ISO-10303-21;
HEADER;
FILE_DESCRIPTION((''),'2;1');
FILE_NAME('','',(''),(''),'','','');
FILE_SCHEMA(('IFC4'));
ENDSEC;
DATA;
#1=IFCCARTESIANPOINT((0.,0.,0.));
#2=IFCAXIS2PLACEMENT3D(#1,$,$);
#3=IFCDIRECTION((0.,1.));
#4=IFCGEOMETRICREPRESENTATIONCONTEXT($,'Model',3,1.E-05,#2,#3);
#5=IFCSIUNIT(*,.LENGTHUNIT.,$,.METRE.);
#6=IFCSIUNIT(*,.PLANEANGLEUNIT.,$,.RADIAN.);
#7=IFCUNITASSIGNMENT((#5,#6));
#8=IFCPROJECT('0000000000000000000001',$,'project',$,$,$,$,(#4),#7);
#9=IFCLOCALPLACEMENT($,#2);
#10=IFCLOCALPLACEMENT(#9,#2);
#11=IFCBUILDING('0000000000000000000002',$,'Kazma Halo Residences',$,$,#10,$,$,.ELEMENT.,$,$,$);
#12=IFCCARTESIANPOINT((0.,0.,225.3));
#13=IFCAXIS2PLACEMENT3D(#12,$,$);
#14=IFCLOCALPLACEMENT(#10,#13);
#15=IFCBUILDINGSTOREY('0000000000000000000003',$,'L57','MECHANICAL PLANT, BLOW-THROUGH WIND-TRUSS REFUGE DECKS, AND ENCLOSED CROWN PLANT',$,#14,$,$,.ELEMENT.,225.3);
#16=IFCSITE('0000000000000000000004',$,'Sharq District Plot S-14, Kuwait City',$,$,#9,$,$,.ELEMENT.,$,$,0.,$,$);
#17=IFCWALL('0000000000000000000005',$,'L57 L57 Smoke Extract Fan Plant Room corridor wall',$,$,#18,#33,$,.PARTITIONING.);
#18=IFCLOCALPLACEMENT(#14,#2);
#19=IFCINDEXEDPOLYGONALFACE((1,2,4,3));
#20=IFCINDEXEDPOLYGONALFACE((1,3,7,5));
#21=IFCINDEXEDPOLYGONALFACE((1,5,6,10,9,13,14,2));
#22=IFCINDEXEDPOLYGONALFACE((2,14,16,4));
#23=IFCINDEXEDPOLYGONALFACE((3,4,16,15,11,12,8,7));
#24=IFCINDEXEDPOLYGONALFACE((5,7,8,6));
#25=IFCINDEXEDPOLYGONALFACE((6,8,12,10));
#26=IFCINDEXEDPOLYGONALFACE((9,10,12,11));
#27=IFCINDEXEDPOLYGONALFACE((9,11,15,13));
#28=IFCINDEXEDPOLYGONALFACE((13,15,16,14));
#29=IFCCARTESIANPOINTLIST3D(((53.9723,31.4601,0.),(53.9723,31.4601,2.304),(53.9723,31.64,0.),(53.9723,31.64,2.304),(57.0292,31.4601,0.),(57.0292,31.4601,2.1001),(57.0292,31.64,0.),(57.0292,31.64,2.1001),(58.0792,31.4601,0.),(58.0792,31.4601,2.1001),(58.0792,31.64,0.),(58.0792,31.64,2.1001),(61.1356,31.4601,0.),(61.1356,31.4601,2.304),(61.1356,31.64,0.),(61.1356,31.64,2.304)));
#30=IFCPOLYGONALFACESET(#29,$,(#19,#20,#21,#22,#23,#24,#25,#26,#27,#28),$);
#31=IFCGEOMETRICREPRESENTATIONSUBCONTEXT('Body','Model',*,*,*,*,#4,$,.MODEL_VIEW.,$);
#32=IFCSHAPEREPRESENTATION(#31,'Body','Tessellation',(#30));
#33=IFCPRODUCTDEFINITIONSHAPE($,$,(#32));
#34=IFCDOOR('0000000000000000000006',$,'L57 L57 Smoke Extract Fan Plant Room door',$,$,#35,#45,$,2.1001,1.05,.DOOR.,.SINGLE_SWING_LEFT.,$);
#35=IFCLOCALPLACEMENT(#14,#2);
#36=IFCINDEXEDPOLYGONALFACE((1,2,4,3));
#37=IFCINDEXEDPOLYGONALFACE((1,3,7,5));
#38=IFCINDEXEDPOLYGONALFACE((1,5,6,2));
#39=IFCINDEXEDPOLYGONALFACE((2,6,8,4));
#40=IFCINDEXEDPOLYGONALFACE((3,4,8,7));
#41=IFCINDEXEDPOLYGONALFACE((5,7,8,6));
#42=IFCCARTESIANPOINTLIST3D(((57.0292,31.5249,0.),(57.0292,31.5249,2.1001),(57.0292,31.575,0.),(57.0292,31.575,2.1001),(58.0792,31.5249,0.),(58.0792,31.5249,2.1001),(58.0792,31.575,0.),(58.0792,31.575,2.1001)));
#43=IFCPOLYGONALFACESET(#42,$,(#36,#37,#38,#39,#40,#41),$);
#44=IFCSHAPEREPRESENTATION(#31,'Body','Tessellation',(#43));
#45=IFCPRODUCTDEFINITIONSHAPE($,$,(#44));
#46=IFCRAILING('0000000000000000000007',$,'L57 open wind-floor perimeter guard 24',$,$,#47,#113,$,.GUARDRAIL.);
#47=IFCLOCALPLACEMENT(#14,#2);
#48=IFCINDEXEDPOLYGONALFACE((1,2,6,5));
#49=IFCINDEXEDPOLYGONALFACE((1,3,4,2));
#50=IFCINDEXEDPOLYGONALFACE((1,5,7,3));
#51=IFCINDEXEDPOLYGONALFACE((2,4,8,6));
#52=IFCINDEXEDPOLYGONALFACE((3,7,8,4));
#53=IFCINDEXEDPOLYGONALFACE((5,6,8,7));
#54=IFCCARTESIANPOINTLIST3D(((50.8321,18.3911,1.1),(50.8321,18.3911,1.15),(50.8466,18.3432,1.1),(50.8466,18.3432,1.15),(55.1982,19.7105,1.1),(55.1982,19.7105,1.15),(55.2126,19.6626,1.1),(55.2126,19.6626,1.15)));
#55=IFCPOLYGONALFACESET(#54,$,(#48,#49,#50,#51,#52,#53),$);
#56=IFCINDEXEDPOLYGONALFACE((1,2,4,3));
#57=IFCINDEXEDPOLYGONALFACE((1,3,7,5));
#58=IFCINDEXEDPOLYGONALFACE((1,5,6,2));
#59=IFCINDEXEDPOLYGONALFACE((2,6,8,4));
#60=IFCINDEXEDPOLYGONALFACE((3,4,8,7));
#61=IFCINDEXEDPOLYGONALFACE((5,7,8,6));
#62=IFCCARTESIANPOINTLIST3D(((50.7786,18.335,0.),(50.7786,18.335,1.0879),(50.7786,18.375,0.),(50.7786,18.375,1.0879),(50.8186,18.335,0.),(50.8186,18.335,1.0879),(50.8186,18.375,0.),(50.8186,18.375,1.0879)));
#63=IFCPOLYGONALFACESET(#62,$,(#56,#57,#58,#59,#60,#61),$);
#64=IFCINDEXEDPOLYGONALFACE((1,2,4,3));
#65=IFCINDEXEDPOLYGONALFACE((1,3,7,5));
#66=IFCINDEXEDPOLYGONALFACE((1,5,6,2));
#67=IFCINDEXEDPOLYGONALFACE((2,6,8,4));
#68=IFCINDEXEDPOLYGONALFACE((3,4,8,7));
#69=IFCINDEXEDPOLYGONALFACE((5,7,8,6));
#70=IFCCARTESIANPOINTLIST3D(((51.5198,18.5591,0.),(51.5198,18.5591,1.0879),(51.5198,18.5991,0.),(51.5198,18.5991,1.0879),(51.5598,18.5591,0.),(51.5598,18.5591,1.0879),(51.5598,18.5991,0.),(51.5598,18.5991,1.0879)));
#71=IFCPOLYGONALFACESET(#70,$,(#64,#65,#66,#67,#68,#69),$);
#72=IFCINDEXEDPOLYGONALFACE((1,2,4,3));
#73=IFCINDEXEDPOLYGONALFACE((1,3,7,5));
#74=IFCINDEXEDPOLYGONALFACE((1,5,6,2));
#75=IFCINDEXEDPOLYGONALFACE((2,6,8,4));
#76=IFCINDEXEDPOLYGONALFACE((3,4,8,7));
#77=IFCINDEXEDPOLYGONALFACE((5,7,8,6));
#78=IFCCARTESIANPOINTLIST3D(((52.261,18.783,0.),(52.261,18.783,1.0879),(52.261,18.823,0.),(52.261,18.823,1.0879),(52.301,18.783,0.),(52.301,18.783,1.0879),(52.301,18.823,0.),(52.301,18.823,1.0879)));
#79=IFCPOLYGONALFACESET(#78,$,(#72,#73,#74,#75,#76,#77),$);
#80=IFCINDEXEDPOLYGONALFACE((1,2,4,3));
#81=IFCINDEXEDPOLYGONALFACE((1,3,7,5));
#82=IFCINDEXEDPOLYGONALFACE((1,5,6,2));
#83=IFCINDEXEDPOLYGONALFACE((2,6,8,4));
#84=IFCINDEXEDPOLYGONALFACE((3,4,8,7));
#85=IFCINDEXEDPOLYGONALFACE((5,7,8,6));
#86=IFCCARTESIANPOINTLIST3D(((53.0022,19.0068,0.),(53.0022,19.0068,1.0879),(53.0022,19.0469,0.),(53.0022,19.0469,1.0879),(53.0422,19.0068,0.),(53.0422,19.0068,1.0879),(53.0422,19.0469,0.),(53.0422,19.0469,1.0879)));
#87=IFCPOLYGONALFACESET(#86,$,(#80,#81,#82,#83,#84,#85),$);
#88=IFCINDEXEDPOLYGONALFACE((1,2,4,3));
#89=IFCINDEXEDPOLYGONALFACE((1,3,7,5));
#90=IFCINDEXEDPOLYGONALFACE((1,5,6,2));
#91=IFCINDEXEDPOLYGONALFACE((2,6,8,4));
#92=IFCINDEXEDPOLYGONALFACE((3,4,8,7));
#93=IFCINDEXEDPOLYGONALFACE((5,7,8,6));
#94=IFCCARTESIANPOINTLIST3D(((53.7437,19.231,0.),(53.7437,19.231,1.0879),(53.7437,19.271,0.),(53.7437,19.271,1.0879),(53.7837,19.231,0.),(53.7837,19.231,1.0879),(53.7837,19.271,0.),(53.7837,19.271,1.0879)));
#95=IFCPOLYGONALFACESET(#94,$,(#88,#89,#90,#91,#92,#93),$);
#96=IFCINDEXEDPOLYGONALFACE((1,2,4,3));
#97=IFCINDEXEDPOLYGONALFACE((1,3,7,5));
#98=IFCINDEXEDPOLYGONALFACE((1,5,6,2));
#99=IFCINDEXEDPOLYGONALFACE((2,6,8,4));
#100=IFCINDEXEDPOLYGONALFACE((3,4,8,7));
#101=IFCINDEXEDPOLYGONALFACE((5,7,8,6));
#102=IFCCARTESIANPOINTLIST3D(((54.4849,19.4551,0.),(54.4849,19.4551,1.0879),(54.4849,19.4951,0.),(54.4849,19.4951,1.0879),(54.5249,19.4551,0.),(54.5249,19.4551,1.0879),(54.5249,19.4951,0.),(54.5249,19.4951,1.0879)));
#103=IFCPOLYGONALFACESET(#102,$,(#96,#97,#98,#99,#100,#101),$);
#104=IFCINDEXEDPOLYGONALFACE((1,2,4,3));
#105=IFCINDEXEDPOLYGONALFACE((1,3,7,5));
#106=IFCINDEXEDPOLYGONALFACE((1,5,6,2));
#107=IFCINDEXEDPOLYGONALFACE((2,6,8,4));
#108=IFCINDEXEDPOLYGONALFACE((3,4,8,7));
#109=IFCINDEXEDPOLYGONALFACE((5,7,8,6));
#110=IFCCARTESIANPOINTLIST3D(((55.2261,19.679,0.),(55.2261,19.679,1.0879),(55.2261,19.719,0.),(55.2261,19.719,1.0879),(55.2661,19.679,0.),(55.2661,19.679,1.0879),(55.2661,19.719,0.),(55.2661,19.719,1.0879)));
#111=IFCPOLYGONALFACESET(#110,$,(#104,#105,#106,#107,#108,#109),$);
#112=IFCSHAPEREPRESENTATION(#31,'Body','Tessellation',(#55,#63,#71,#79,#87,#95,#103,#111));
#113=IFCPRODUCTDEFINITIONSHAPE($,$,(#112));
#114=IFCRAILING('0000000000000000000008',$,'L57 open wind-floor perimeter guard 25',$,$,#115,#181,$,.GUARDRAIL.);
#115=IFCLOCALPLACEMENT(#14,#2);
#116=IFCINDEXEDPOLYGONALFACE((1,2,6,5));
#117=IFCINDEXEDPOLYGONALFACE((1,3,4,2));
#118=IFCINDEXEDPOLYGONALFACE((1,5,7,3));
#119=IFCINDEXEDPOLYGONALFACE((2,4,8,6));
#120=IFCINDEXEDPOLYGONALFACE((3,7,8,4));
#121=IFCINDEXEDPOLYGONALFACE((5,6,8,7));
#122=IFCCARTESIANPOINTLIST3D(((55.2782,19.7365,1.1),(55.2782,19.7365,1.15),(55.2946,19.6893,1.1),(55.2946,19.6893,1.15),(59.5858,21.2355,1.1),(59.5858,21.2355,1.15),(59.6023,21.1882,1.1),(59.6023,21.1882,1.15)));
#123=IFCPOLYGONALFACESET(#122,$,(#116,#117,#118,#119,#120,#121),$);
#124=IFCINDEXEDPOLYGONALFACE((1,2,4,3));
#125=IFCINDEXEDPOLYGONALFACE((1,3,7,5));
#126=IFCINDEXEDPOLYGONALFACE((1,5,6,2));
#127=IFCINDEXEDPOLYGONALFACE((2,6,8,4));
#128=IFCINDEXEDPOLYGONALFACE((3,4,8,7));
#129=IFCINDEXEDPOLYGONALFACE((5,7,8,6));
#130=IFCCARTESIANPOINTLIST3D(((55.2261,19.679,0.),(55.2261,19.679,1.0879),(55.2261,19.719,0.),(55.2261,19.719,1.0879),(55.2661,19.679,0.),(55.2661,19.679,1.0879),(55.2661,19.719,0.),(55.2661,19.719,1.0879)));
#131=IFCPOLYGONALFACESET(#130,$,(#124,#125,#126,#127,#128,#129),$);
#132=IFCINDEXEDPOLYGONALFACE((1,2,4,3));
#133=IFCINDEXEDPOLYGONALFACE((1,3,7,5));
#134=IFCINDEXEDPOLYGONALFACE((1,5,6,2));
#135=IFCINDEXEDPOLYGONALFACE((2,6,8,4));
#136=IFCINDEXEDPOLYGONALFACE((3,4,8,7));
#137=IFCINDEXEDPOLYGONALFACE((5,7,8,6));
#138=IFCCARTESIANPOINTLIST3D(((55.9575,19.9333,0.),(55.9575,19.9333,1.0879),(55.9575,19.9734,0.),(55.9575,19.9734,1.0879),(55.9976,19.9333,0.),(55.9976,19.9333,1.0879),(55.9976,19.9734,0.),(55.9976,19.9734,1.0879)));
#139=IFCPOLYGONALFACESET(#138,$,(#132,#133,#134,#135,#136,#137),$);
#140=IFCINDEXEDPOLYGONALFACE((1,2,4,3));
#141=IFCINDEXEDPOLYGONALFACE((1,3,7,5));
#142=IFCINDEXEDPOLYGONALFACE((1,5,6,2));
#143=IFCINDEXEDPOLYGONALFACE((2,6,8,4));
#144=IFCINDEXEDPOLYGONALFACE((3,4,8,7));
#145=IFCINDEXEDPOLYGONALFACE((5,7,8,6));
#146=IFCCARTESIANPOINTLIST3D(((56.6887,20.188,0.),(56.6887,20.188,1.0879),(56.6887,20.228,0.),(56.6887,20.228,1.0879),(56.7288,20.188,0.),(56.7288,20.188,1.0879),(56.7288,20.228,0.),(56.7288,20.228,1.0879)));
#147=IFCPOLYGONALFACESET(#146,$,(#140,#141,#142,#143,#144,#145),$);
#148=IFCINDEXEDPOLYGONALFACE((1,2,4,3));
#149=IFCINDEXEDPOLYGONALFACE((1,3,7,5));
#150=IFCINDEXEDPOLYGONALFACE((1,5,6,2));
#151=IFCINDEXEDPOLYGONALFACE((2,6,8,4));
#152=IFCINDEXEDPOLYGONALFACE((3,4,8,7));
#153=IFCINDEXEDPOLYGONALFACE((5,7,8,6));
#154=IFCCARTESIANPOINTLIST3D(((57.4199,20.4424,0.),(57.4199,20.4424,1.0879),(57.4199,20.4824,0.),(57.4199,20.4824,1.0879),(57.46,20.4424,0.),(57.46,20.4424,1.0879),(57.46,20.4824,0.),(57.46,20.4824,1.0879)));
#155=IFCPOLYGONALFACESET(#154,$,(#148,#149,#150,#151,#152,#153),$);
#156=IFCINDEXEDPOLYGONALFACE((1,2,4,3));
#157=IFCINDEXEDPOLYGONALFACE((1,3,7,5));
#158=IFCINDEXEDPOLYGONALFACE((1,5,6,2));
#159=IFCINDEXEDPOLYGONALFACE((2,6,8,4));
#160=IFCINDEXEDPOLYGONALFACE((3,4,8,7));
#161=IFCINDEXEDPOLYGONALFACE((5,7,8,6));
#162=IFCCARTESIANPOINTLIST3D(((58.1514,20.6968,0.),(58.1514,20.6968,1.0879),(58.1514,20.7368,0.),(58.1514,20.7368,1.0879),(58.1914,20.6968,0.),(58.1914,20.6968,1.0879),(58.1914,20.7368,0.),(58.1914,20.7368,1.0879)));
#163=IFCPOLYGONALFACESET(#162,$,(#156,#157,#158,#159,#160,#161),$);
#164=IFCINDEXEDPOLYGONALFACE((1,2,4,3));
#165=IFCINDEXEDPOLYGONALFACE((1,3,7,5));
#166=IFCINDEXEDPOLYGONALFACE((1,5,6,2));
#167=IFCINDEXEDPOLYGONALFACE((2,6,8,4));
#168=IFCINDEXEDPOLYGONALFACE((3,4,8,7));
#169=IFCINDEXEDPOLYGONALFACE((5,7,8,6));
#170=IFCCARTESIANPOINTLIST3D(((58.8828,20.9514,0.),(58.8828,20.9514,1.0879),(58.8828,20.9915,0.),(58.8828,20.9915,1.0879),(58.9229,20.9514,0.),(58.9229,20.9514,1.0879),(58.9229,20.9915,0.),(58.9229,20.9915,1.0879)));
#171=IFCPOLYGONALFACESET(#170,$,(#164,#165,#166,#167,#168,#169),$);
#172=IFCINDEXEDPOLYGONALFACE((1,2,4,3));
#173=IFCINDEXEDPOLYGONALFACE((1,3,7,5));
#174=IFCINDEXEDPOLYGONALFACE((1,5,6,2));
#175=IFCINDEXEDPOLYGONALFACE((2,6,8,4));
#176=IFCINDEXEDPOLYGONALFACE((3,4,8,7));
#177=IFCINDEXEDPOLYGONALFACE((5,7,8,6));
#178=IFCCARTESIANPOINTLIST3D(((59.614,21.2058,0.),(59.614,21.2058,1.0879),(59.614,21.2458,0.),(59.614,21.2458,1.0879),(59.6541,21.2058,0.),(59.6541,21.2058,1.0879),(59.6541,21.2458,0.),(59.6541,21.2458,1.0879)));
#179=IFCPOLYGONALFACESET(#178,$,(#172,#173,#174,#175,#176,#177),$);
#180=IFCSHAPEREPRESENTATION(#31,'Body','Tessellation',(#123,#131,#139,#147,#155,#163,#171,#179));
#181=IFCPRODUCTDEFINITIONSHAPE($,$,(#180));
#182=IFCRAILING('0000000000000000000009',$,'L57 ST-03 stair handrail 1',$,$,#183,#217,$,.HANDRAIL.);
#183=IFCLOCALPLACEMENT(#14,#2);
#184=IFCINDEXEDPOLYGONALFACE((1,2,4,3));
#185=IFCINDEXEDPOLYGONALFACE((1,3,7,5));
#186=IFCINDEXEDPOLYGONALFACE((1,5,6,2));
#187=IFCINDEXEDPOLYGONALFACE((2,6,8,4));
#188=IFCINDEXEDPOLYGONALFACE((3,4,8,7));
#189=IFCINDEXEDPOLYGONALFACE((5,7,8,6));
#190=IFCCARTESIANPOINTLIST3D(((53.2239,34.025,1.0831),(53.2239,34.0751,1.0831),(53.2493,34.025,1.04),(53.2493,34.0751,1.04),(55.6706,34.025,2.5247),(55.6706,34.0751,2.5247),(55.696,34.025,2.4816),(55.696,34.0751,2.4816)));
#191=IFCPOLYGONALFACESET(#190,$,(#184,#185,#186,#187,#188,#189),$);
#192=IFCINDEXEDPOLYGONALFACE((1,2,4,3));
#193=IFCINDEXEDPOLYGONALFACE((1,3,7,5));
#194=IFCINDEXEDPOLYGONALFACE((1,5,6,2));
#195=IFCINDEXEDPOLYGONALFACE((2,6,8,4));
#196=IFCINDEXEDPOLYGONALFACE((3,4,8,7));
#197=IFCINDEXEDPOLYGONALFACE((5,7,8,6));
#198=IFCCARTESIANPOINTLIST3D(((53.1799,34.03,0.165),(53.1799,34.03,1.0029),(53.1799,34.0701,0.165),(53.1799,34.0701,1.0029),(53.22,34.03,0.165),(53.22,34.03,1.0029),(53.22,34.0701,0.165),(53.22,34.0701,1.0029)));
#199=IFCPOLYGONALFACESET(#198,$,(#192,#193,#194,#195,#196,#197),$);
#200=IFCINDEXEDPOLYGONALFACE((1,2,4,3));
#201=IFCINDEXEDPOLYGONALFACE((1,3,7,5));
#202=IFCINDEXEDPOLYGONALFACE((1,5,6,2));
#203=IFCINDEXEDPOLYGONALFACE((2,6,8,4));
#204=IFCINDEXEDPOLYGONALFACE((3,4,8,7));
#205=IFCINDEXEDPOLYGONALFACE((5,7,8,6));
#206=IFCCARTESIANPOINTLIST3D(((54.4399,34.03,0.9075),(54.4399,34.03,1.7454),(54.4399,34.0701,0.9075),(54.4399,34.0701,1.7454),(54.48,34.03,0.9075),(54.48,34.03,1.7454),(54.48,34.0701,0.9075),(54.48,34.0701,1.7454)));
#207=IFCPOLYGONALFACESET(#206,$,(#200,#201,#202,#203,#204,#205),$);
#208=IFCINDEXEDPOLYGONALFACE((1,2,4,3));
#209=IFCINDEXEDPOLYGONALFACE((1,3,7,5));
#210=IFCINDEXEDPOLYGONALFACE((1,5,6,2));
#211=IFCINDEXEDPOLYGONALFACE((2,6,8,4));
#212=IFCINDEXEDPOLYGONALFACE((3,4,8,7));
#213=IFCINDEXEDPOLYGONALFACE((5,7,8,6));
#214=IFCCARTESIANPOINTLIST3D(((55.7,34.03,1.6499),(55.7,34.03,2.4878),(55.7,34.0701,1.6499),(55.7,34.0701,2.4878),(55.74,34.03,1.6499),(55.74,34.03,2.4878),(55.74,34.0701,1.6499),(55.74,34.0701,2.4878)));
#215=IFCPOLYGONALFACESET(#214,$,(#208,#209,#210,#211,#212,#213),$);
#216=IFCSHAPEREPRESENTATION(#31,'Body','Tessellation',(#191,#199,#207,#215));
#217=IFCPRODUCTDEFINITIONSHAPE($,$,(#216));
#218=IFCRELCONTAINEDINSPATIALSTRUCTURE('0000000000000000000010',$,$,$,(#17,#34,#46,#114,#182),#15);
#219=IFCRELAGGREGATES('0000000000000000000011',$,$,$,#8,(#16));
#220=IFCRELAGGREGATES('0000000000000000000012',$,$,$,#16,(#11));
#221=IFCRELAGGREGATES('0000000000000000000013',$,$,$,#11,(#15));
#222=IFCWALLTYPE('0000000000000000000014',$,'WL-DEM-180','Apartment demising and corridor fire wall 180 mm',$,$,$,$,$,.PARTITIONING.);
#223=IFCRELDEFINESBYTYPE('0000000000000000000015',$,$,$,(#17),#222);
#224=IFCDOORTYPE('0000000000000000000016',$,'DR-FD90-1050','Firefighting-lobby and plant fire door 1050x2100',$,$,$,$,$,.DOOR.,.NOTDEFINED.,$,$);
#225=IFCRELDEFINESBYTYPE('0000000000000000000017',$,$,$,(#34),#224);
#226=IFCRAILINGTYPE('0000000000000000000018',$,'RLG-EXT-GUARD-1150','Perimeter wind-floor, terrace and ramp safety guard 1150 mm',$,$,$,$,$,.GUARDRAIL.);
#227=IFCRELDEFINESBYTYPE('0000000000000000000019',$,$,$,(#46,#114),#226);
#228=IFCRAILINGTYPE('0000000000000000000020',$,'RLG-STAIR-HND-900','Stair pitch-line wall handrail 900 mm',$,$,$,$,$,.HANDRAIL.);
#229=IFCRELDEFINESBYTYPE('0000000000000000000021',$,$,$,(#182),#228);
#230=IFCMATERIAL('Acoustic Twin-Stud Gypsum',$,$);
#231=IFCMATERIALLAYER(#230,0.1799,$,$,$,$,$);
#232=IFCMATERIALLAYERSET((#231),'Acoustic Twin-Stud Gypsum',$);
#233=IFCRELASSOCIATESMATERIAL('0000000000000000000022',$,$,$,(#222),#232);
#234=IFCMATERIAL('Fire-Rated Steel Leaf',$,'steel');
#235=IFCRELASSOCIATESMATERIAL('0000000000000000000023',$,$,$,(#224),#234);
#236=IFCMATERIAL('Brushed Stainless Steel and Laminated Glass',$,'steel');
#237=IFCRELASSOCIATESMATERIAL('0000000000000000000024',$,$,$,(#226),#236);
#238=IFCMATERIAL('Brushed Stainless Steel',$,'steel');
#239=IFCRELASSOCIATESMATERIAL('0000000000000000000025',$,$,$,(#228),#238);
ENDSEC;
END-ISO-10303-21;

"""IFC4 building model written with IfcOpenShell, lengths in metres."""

from ifc_helpers import new_model, si_unit, direction, frame, frame_2d, origin, origin_2d, place, context, subcontext, project, spatial, rectangle, extrude, material, layer, layer_set, type_object, element, fill, save


model = new_model("IFC4")

# Units and contexts
model_context = context("Model", 3, precision=1e-05, world=origin(), true_north=direction((0.0, 1.0)))
body_context = subcontext(model_context, "Body", "Model", "MODEL_VIEW")
ifc_project = project(units=[si_unit("LENGTHUNIT", "METRE"), si_unit("PLANEANGLEUNIT", "RADIAN")], contexts=[model_context])

# Site, building, storey
site_placement = place(None, origin())
site = spatial("IfcSite", under=ifc_project, at=site_placement, Name="Sharq District Plot S-14, Kuwait City", CompositionType="ELEMENT", RefElevation=0.0)
building_placement = place(site_placement, origin())
building = spatial("IfcBuilding", under=site, at=building_placement, Name="Kazma Halo Residences", CompositionType="ELEMENT")
storey_placement = place(building_placement, frame((0.0, 0.0, 225.3)))
storey = spatial("IfcBuildingStorey", under=building, at=storey_placement, Name="L57", Description="MECHANICAL PLANT, BLOW-THROUGH WIND-TRUSS REFUGE DECKS, AND ENCLOSED CROWN PLANT", CompositionType="ELEMENT", Elevation=225.3)

# Shared definitions
ifc_material_1 = material(Name="Acoustic Twin-Stud Gypsum")
ifc_layer_1 = layer(ifc_material_1, 0.1799)
ifc_layer_set_1 = layer_set([ifc_layer_1], Name="Acoustic Twin-Stud Gypsum")
wall_type_1 = type_object("IfcWallType", Name="WL-DEM-180", Description="Apartment demising and corridor fire wall 180 mm", PredefinedType="PARTITIONING", material=ifc_layer_set_1)

# Wall, opening, door
wall_1_placement = place(storey_placement, frame((53.9724, 31.55, 0.0), z_axis=(0.0, 0.0, 1.0), x_axis=(1.0, 0.0, 0.0)))
wall_1 = element("IfcWall", 1, at=wall_1_placement, inside=storey, type_object=wall_type_1, Name="L57 L57 Smoke Extract Fan Plant Room corridor wall", PredefinedType="PARTITIONING", context=body_context, shape_type="SweptSolid", body=[
    extrude(rectangle(XDim=7.1633, YDim=0.1799, at=frame_2d((3.5815, 0.0))), origin(), (0.0, 0.0, 1.0), 2.304),
])
opening_placement = place(wall_1_placement, frame((3.0569, 0.0, 0.0)))
opening = element("IfcOpeningElement", 2, at=opening_placement, cuts=wall_1, PredefinedType="OPENING", context=body_context, shape_type="SweptSolid", body=[
    extrude(rectangle(XDim=1.05, YDim=2.1001, at=frame_2d((0.5249, 1.05))), frame((0.0, 0.0999, 0.0), z_axis=(0.0, -1.0, 0.0), x_axis=(1.0, 0.0, 0.0)), (0.0, 0.0, 1.0), 0.2),
])
ifc_material_2 = material(Name="Fire-Rated Steel Leaf", Category="steel")
door_type = type_object("IfcDoorType", Name="DR-FD90-1050", Description="Firefighting-lobby and plant fire door 1050x2100", OperationType="NOTDEFINED", PredefinedType="DOOR", material=ifc_material_2)
door_placement = place(opening_placement, origin())
door = element("IfcDoor", 3, at=door_placement, inside=storey, type_object=door_type, Name="L57 L57 Smoke Extract Fan Plant Room door", OperationType="SINGLE_SWING_LEFT", OverallHeight=2.1001, OverallWidth=1.05, PredefinedType="DOOR", context=body_context, shape_type="SweptSolid", body=[
    extrude(rectangle(XDim=1.05, YDim=2.1001, at=frame_2d((0.5249, 1.05))), frame((0.0, 0.0249, 0.0), z_axis=(0.0, -1.0, 0.0), x_axis=(1.0, 0.0, 0.0)), (0.0, 0.0, 1.0), 0.05),
])
fill(opening, door)

# Railings
ifc_material_3 = material(Name="Brushed Stainless Steel and Laminated Glass", Category="steel")
railing_type_1 = type_object("IfcRailingType", Name="RLG-EXT-GUARD-1150", Description="Perimeter wind-floor, terrace and ramp safety guard 1150 mm", PredefinedType="GUARDRAIL", material=ifc_material_3)
railing_1_placement = place(storey_placement, frame((50.7986, 18.355, 0.0)))
element("IfcRailing", 4, at=railing_1_placement, inside=storey, type_object=railing_type_1, Name="L57 open wind-floor perimeter guard 24", PredefinedType="GUARDRAIL", context=body_context, shape_type="SweptSolid", body=[
    extrude(rectangle(XDim=0.05, YDim=0.05, at=origin_2d()), frame((0.0408, 0.0122, 1.125), z_axis=(0.957247, 0.289271, 0.0), x_axis=(-0.289271, 0.957247, 0.0)), (0.0, 0.0, 1.0), 4.561),
    extrude(rectangle(XDim=0.04, YDim=0.04, at=origin_2d()), origin(), (0.0, 0.0, 1.0), 1.0879),
    extrude(rectangle(XDim=0.04, YDim=0.04, at=origin_2d()), frame((0.7412, 0.2241, 0.0)), (0.0, 0.0, 1.0), 1.0879),
    extrude(rectangle(XDim=0.04, YDim=0.04, at=origin_2d()), frame((1.4824, 0.448, 0.0)), (0.0, 0.0, 1.0), 1.0879),
    extrude(rectangle(XDim=0.04, YDim=0.04, at=origin_2d()), frame((2.2236, 0.6719, 0.0)), (0.0, 0.0, 1.0), 1.0879),
    extrude(rectangle(XDim=0.04, YDim=0.04, at=origin_2d()), frame((2.9651, 0.896, 0.0)), (0.0, 0.0, 1.0), 1.0879),
    extrude(rectangle(XDim=0.04, YDim=0.04, at=origin_2d()), frame((3.7063, 1.1201, 0.0)), (0.0, 0.0, 1.0), 1.0879),
    extrude(rectangle(XDim=0.04, YDim=0.04, at=origin_2d()), frame((4.4475, 1.344, 0.0)), (0.0, 0.0, 1.0), 1.0879),
])
railing_2_placement = place(storey_placement, frame((55.2461, 19.699, 0.0)))
element("IfcRailing", 5, at=railing_2_placement, inside=storey, type_object=railing_type_1, Name="L57 open wind-floor perimeter guard 25", PredefinedType="GUARDRAIL", context=body_context, shape_type="SweptSolid", body=[
    extrude(rectangle(XDim=0.05, YDim=0.05, at=origin_2d()), frame((0.0403, 0.0139, 1.125), z_axis=(0.944456, 0.328639, 0.0), x_axis=(-0.328639, 0.944456, 0.0)), (0.0, 0.0, 1.0), 4.561),
    extrude(rectangle(XDim=0.04, YDim=0.04, at=origin_2d()), origin(), (0.0, 0.0, 1.0), 1.0879),
    extrude(rectangle(XDim=0.04, YDim=0.04, at=origin_2d()), frame((0.7314, 0.2544, 0.0)), (0.0, 0.0, 1.0), 1.0879),
    extrude(rectangle(XDim=0.04, YDim=0.04, at=origin_2d()), frame((1.4626, 0.509, 0.0)), (0.0, 0.0, 1.0), 1.0879),
    extrude(rectangle(XDim=0.04, YDim=0.04, at=origin_2d()), frame((2.1938, 0.7634, 0.0)), (0.0, 0.0, 1.0), 1.0879),
    extrude(rectangle(XDim=0.04, YDim=0.04, at=origin_2d()), frame((2.9253, 1.0178, 0.0)), (0.0, 0.0, 1.0), 1.0879),
    extrude(rectangle(XDim=0.04, YDim=0.04, at=origin_2d()), frame((3.6567, 1.2725, 0.0)), (0.0, 0.0, 1.0), 1.0879),
    extrude(rectangle(XDim=0.04, YDim=0.04, at=origin_2d()), frame((4.3879, 1.5269, 0.0)), (0.0, 0.0, 1.0), 1.0879),
])
ifc_material_4 = material(Name="Brushed Stainless Steel", Category="steel")
railing_type_2 = type_object("IfcRailingType", Name="RLG-STAIR-HND-900", Description="Stair pitch-line wall handrail 900 mm", PredefinedType="HANDRAIL", material=ifc_material_4)
railing_3_placement = place(storey_placement, frame((53.2, 34.05, 0.165)))
element("IfcRailing", 6, at=railing_3_placement, inside=storey, type_object=railing_type_2, Name="L57 ST-03 stair handrail 1", PredefinedType="HANDRAIL", context=body_context, shape_type="SweptSolid", body=[
    extrude(rectangle(XDim=0.05, YDim=0.05, at=origin_2d()), frame((0.0366, 0.0, 0.8965), z_axis=(0.861561, 0.0, 0.507655), x_axis=(0.0, 1.0, 0.0)), (0.0, 0.0, 1.0), 2.8398),
    extrude(rectangle(XDim=0.04, YDim=0.04, at=origin_2d()), origin(), (0.0, 0.0, 1.0), 0.8379),
    extrude(rectangle(XDim=0.04, YDim=0.04, at=origin_2d()), frame((1.26, 0.0, 0.7424)), (0.0, 0.0, 1.0), 0.8379),
    extrude(rectangle(XDim=0.04, YDim=0.04, at=origin_2d()), frame((2.52, 0.0, 1.4849)), (0.0, 0.0, 1.0), 0.8379),
])

save(model, "model.ifc")
